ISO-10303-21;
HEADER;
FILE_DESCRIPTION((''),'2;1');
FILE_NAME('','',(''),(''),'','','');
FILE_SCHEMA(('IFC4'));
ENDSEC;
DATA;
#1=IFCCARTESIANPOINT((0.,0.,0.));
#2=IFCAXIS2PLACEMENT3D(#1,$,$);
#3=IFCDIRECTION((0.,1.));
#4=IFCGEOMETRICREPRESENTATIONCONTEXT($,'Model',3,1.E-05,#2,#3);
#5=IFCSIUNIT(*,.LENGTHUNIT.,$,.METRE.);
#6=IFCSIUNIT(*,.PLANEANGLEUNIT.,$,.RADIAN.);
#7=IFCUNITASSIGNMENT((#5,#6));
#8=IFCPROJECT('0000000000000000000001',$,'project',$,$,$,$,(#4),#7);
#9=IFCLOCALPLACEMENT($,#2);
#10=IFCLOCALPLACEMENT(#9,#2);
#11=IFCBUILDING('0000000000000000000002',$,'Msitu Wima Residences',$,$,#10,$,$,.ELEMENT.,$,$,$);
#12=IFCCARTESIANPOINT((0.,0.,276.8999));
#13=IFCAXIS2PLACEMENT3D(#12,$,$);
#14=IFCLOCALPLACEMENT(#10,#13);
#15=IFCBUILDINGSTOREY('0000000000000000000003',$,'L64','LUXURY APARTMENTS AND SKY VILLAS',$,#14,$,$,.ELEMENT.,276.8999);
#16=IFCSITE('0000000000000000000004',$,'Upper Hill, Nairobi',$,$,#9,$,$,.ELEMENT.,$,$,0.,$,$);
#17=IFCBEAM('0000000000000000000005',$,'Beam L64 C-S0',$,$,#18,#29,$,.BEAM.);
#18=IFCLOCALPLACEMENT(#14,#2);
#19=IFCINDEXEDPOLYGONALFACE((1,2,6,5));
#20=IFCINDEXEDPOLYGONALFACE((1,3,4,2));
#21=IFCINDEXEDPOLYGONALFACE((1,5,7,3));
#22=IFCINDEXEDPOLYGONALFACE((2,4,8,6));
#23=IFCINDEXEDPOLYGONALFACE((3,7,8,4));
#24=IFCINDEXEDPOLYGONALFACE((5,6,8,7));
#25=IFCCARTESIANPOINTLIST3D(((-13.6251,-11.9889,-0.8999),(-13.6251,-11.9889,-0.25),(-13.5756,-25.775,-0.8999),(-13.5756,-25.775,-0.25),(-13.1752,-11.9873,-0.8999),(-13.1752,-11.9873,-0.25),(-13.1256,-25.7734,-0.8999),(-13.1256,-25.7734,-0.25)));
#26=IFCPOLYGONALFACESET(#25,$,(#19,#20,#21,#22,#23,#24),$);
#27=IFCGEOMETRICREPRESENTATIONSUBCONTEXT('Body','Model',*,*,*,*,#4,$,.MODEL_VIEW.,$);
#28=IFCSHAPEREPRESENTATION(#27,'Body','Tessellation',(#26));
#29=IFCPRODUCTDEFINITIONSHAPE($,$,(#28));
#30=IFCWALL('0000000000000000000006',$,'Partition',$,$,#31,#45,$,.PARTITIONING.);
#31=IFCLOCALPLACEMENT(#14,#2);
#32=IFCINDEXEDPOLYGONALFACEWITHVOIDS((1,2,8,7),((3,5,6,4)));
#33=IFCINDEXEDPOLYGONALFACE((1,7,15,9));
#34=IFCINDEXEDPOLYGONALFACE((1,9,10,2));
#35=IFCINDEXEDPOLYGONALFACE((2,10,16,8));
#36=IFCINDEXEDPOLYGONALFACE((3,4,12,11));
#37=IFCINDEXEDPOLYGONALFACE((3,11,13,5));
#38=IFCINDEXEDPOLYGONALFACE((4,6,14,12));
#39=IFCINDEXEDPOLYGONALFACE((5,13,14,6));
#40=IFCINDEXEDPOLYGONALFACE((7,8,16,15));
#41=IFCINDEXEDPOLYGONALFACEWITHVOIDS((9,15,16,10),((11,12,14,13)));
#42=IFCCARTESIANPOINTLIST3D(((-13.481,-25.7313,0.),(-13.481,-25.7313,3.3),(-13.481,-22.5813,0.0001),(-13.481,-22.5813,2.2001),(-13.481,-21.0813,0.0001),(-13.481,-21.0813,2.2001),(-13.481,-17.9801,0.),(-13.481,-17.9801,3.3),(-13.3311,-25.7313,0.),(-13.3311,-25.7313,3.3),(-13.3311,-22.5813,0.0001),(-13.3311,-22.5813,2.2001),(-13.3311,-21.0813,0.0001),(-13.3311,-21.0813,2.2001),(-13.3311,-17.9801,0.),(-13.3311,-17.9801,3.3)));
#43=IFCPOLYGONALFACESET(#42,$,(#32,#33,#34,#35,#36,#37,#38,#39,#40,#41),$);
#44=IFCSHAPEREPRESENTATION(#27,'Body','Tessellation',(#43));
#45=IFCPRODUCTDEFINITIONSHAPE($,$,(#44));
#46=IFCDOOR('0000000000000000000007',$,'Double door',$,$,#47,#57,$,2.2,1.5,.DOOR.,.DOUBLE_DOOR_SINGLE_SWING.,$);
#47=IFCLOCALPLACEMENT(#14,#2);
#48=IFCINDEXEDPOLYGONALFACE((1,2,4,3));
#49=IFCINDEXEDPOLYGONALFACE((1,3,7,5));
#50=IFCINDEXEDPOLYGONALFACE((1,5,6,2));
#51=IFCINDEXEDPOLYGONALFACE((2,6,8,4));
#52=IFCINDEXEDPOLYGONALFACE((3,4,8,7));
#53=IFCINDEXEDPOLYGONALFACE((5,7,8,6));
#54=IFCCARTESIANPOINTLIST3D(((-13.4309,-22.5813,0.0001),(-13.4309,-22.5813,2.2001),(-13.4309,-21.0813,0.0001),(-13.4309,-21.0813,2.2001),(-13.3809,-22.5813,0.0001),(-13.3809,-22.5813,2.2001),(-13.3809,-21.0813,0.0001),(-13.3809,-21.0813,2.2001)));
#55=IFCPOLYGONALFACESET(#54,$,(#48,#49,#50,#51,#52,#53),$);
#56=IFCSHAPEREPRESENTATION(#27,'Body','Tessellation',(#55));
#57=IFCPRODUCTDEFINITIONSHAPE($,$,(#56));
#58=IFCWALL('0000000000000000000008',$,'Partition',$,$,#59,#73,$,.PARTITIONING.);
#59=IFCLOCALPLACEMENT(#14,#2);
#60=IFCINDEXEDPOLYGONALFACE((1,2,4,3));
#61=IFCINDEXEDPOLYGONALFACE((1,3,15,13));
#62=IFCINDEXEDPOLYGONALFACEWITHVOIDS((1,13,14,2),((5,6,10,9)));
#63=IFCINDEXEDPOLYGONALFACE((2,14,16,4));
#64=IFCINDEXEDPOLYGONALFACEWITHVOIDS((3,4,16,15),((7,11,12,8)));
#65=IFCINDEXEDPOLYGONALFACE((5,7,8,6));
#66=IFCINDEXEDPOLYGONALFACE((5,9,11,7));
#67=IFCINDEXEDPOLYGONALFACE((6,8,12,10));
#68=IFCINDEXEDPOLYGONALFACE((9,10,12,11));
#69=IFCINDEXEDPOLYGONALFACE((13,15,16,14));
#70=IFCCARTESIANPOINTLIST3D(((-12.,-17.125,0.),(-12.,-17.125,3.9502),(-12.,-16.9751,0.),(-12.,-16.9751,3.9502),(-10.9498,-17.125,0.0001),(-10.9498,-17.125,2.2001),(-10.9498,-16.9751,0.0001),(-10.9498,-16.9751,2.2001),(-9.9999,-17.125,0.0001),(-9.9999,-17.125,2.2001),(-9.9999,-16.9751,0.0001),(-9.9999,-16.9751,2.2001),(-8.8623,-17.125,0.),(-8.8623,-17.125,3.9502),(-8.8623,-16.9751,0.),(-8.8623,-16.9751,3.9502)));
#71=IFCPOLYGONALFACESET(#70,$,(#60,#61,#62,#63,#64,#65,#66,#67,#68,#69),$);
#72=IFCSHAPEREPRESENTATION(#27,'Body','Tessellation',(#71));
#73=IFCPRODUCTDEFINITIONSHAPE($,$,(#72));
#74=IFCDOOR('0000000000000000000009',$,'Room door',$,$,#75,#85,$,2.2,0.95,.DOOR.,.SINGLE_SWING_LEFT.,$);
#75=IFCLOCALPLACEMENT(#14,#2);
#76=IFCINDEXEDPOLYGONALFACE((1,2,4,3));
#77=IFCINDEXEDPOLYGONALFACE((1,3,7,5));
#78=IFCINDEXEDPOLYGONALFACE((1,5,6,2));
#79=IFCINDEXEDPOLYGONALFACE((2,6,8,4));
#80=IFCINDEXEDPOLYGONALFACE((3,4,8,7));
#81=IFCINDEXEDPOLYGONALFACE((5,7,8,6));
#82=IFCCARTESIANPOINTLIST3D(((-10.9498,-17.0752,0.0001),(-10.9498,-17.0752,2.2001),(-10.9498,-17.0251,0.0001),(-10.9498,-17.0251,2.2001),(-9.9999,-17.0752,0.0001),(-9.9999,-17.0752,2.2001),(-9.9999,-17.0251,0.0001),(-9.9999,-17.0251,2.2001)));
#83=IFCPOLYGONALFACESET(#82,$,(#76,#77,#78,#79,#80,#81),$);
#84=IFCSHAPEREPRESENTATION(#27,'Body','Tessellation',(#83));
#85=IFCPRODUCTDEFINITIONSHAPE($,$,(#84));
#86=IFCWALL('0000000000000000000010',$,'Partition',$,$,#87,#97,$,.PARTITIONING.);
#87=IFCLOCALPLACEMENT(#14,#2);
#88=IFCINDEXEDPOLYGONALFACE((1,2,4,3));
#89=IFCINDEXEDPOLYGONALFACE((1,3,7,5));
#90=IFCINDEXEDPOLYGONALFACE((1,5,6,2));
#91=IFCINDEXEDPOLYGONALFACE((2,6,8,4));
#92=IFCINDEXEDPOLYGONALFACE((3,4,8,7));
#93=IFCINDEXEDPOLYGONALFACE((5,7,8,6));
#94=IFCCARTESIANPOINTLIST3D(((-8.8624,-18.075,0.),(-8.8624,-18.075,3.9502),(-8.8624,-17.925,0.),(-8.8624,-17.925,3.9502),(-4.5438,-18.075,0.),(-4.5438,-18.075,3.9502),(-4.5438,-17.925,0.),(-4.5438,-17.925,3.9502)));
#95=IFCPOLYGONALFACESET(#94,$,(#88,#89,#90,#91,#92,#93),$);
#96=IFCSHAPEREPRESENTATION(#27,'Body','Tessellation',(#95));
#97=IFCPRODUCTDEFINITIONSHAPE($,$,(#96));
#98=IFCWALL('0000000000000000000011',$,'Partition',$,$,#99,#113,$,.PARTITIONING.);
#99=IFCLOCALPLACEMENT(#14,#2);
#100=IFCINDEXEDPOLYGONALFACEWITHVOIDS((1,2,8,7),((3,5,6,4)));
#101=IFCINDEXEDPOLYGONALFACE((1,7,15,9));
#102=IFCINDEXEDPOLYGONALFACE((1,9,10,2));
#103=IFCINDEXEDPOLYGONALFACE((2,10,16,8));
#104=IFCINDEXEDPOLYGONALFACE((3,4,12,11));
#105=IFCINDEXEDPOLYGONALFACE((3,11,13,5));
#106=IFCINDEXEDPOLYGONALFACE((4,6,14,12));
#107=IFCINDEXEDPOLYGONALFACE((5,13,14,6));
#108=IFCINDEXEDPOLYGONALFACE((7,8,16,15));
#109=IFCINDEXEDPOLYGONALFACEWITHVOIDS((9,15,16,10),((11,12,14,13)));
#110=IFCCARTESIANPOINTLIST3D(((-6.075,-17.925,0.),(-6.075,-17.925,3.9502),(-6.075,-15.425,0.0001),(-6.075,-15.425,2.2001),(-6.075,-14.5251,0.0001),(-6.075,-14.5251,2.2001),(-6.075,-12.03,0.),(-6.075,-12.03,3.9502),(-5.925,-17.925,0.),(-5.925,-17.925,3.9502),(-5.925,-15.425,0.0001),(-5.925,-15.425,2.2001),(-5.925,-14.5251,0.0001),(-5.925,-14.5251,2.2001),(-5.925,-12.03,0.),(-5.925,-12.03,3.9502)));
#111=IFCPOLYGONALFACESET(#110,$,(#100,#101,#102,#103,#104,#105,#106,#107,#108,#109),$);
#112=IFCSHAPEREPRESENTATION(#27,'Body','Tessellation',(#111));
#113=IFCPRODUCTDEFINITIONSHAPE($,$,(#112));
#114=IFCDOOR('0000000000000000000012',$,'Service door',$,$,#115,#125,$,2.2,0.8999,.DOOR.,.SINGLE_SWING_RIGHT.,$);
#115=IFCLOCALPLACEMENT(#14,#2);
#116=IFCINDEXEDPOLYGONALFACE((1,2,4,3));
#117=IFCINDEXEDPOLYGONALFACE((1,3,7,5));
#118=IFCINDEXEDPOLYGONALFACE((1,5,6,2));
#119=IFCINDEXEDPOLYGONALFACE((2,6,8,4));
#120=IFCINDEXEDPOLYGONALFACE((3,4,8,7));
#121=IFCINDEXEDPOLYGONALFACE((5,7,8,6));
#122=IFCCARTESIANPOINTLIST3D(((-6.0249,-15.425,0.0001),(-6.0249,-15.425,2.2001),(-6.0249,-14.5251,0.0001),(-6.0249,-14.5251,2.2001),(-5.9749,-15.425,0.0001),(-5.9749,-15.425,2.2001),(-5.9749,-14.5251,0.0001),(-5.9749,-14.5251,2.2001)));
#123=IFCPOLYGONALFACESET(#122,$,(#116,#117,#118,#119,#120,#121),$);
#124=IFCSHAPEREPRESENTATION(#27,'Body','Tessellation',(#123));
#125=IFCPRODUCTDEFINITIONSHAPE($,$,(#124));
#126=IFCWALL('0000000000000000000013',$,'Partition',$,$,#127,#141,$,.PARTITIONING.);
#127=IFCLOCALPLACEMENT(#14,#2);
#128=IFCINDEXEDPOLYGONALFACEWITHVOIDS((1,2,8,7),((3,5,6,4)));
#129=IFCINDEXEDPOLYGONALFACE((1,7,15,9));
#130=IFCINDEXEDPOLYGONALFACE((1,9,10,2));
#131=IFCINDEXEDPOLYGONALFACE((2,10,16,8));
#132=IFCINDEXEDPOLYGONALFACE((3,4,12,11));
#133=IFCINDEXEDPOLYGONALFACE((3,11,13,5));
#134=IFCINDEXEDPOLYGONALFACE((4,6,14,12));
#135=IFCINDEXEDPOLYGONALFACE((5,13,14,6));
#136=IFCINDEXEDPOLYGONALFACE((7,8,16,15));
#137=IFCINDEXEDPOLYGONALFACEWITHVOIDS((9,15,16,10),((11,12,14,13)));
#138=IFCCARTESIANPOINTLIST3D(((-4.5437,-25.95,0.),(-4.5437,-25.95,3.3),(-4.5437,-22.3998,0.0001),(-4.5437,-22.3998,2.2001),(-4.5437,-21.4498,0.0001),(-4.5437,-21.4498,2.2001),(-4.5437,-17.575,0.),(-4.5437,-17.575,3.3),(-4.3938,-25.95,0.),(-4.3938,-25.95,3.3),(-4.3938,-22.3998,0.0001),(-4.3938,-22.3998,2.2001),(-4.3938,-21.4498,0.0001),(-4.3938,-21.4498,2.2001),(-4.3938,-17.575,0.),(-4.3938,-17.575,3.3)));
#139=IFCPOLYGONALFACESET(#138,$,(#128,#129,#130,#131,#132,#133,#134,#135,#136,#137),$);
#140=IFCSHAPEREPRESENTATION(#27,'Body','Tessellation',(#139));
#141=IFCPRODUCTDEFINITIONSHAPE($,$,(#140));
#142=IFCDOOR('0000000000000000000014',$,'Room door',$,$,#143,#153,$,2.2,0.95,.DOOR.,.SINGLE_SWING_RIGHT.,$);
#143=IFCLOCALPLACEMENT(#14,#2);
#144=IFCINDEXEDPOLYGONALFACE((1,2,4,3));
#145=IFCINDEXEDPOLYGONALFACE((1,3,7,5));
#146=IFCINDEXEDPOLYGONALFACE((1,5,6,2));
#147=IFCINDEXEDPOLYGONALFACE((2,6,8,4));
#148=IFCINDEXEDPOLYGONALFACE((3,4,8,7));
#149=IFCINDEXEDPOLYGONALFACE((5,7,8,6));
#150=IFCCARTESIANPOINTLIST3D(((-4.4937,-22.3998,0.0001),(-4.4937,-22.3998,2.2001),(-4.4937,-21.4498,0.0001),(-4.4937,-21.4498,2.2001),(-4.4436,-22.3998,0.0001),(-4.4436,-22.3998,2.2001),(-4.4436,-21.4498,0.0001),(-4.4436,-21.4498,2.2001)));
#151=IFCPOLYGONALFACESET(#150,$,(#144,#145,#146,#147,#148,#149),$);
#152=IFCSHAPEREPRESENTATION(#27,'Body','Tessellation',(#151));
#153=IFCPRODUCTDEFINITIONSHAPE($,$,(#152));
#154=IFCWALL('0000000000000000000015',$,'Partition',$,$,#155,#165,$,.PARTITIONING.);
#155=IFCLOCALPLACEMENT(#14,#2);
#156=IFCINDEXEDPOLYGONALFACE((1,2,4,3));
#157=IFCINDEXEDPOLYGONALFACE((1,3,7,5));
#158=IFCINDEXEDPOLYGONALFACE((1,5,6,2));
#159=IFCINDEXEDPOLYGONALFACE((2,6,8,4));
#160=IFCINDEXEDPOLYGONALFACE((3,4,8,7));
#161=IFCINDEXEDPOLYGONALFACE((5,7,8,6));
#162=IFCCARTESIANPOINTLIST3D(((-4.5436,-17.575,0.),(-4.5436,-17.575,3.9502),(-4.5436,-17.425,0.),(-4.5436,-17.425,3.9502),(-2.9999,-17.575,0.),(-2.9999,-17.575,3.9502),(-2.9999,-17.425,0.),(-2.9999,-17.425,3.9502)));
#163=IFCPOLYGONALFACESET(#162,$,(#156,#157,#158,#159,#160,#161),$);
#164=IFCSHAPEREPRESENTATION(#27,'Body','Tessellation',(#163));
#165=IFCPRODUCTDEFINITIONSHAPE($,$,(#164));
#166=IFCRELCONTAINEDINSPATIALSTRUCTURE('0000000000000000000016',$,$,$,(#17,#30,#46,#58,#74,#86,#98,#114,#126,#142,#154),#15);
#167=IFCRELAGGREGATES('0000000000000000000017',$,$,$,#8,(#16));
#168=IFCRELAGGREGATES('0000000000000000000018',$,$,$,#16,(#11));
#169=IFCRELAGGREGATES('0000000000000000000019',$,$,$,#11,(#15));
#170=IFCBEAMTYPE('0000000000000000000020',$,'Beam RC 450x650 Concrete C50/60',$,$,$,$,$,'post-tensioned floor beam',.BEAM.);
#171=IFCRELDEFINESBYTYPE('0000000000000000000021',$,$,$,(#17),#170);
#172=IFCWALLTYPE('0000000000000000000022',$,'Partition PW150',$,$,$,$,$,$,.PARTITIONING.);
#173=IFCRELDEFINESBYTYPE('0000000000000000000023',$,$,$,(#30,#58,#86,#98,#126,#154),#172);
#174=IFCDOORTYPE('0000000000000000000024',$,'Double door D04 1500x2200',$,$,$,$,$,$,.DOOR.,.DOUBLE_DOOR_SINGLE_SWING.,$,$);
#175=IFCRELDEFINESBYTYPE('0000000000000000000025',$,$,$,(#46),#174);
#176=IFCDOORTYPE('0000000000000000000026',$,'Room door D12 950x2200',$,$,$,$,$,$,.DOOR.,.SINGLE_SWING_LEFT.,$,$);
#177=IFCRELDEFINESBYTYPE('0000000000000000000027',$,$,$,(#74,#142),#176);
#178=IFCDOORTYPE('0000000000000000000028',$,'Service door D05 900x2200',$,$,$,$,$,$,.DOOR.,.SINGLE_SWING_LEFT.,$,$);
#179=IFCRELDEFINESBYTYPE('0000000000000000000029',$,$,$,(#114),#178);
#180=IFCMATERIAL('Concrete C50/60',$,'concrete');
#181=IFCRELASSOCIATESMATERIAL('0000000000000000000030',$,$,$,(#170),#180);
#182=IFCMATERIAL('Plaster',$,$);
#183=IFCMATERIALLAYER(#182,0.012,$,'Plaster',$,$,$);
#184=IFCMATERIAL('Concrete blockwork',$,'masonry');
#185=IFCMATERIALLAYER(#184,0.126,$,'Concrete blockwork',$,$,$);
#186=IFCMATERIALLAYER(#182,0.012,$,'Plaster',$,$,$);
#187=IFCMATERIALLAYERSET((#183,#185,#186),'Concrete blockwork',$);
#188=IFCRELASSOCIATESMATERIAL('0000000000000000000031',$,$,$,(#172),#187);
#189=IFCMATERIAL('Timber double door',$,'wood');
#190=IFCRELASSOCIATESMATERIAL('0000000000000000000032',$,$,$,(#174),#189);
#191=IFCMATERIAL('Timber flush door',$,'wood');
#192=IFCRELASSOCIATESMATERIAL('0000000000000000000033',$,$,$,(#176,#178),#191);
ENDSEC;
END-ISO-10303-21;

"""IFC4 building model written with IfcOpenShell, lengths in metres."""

from ifc_helpers import new_model, si_unit, direction, frame, frame_2d, origin, origin_2d, place, context, subcontext, project, spatial, rectangle, extrude, material, layer, layer_set, material_profile, profile_set, type_object, element, fill, save


model = new_model("IFC4")

# Units and contexts
model_context = context("Model", 3, precision=1e-05, world=origin(), true_north=direction((0.0, 1.0)))
body_context = subcontext(model_context, "Body", "Model", "MODEL_VIEW")
ifc_project = project(units=[si_unit("LENGTHUNIT", "METRE"), si_unit("PLANEANGLEUNIT", "RADIAN")], contexts=[model_context])

# Site, building, storey
site_placement = place(None, origin())
site = spatial("IfcSite", under=ifc_project, at=site_placement, Name="Upper Hill, Nairobi", CompositionType="ELEMENT", RefElevation=0.0)
building_placement = place(site_placement, origin())
building = spatial("IfcBuilding", under=site, at=building_placement, Name="Msitu Wima Residences", CompositionType="ELEMENT")
storey_placement = place(building_placement, frame((0.0, 0.0, 276.8999)))
storey = spatial("IfcBuildingStorey", under=building, at=storey_placement, Name="L64", Description="LUXURY APARTMENTS AND SKY VILLAS", CompositionType="ELEMENT", Elevation=276.8999)

# Beam
ifc_material_1 = material(Name="Concrete C50/60", Category="concrete")
ifc_material_profile = material_profile(ifc_material_1, rectangle(XDim=0.45, YDim=0.6499, at=origin_2d()), Name="RC 450x650")
ifc_profile_set = profile_set([ifc_material_profile], Name="Concrete C50/60")
beam_type = type_object("IfcBeamType", Name="Beam RC 450x650 Concrete C50/60", ElementType="post-tensioned floor beam", PredefinedType="BEAM", material=ifc_profile_set)
beam_placement = place(storey_placement, frame((-13.3506, -25.7742, -0.575), z_axis=(-0.003595, 0.999994, 0.0), x_axis=(-0.999994, -0.003595, 0.0)))
element("IfcBeam", 1, at=beam_placement, inside=storey, type_object=beam_type, Name="Beam L64 C-S0", PredefinedType="BEAM", context=body_context, shape_type="SweptSolid", body=[
    extrude(rectangle(XDim=0.45, YDim=0.6499, at=origin_2d()), origin(), (0.0, 0.0, 1.0), 13.7861),
])

# Walls, openings, doors
ifc_material_2 = material(Name="Plaster")
ifc_layer_1 = layer(ifc_material_2, 0.012, Name="Plaster")
ifc_material_3 = material(Name="Concrete blockwork", Category="masonry")
ifc_layer_2 = layer(ifc_material_3, 0.126, Name="Concrete blockwork")
ifc_layer_3 = layer(ifc_material_2, 0.012, Name="Plaster")
ifc_layer_set_1 = layer_set([ifc_layer_1, ifc_layer_2, ifc_layer_3], Name="Concrete blockwork")
wall_type_1 = type_object("IfcWallType", Name="Partition PW150", PredefinedType="PARTITIONING", material=ifc_layer_set_1)
wall_1_placement = place(storey_placement, frame((-13.406, -25.7312, 0.0), z_axis=(0.0, 0.0, 1.0), x_axis=(0.0, 1.0, 0.0)))
wall_1 = element("IfcWall", 2, at=wall_1_placement, inside=storey, type_object=wall_type_1, Name="Partition", PredefinedType="PARTITIONING", context=body_context, shape_type="SweptSolid", body=[
    extrude(rectangle(XDim=7.7512, YDim=0.1499, at=frame_2d((3.8755, 0.0))), origin(), (0.0, 0.0, 1.0), 3.3),
])
opening_1_placement = place(wall_1_placement, frame((3.1499, 0.0, 0.0)))
opening_1 = element("IfcOpeningElement", 3, at=opening_1_placement, cuts=wall_1, PredefinedType="OPENING", context=body_context, shape_type="SweptSolid", body=[
    extrude(rectangle(XDim=1.5, YDim=2.2, at=frame_2d((0.75, 1.1001))), frame((0.0, 0.085, 0.0), z_axis=(0.0, -1.0, 0.0), x_axis=(1.0, 0.0, 0.0)), (0.0, 0.0, 1.0), 0.1699),
])
ifc_material_4 = material(Name="Timber double door", Category="wood")
door_type_1 = type_object("IfcDoorType", Name="Double door D04 1500x2200", OperationType="DOUBLE_DOOR_SINGLE_SWING", PredefinedType="DOOR", material=ifc_material_4)
door_1_placement = place(opening_1_placement, origin())
door_1 = element("IfcDoor", 4, at=door_1_placement, inside=storey, type_object=door_type_1, Name="Double door", OperationType="DOUBLE_DOOR_SINGLE_SWING", OverallHeight=2.2, OverallWidth=1.5, PredefinedType="DOOR", context=body_context, shape_type="SweptSolid", body=[
    extrude(rectangle(XDim=1.5, YDim=2.2, at=frame_2d((0.75, 1.1001))), frame((0.0, 0.0249, 0.0), z_axis=(0.0, -1.0, 0.0), x_axis=(1.0, 0.0, 0.0)), (0.0, 0.0, 1.0), 0.05),
])
fill(opening_1, door_1)
wall_2_placement = place(storey_placement, frame((-12.0, -17.05, 0.0), z_axis=(0.0, 0.0, 1.0), x_axis=(1.0, 0.0, 0.0)))
wall_2 = element("IfcWall", 5, at=wall_2_placement, inside=storey, type_object=wall_type_1, Name="Partition", PredefinedType="PARTITIONING", context=body_context, shape_type="SweptSolid", body=[
    extrude(rectangle(XDim=3.1377, YDim=0.1499, at=frame_2d((1.5688, 0.0))), origin(), (0.0, 0.0, 1.0), 3.9502),
])
opening_2_placement = place(wall_2_placement, frame((1.05, 0.0, 0.0)))
opening_2 = element("IfcOpeningElement", 6, at=opening_2_placement, cuts=wall_2, PredefinedType="OPENING", context=body_context, shape_type="SweptSolid", body=[
    extrude(rectangle(XDim=0.95, YDim=2.2, at=frame_2d((0.4751, 1.1001))), frame((0.0, 0.085, 0.0), z_axis=(0.0, -1.0, 0.0), x_axis=(1.0, 0.0, 0.0)), (0.0, 0.0, 1.0), 0.1699),
])
ifc_material_5 = material(Name="Timber flush door", Category="wood")
door_type_2 = type_object("IfcDoorType", Name="Room door D12 950x2200", OperationType="SINGLE_SWING_LEFT", PredefinedType="DOOR", material=ifc_material_5)
door_2_placement = place(opening_2_placement, origin())
door_2 = element("IfcDoor", 7, at=door_2_placement, inside=storey, type_object=door_type_2, Name="Room door", OperationType="SINGLE_SWING_LEFT", OverallHeight=2.2, OverallWidth=0.95, PredefinedType="DOOR", context=body_context, shape_type="SweptSolid", body=[
    extrude(rectangle(XDim=0.95, YDim=2.2, at=frame_2d((0.4751, 1.1001))), frame((0.0, 0.0249, 0.0), z_axis=(0.0, -1.0, 0.0), x_axis=(1.0, 0.0, 0.0)), (0.0, 0.0, 1.0), 0.05),
])
fill(opening_2, door_2)

# Wall
wall_3_placement = place(storey_placement, frame((-8.8623, -18.0, 0.0), z_axis=(0.0, 0.0, 1.0), x_axis=(1.0, 0.0, 0.0)))
element("IfcWall", 8, at=wall_3_placement, inside=storey, type_object=wall_type_1, Name="Partition", PredefinedType="PARTITIONING", context=body_context, shape_type="SweptSolid", body=[
    extrude(rectangle(XDim=4.3186, YDim=0.1499, at=frame_2d((2.1592, 0.0))), origin(), (0.0, 0.0, 1.0), 3.9502),
])

# Walls, openings, doors
wall_4_placement = place(storey_placement, frame((-6.0, -17.925, 0.0), z_axis=(0.0, 0.0, 1.0), x_axis=(0.0, 1.0, 0.0)))
wall_4 = element("IfcWall", 9, at=wall_4_placement, inside=storey, type_object=wall_type_1, Name="Partition", PredefinedType="PARTITIONING", context=body_context, shape_type="SweptSolid", body=[
    extrude(rectangle(XDim=5.895, YDim=0.1499, at=frame_2d((2.9475, 0.0))), origin(), (0.0, 0.0, 1.0), 3.9502),
])
opening_3_placement = place(wall_4_placement, frame((2.5, 0.0, 0.0)))
opening_3 = element("IfcOpeningElement", 10, at=opening_3_placement, cuts=wall_4, PredefinedType="OPENING", context=body_context, shape_type="SweptSolid", body=[
    extrude(rectangle(XDim=0.8999, YDim=2.2, at=frame_2d((0.45, 1.1001))), frame((0.0, 0.085, 0.0), z_axis=(0.0, -1.0, 0.0), x_axis=(1.0, 0.0, 0.0)), (0.0, 0.0, 1.0), 0.1699),
])
door_type_3 = type_object("IfcDoorType", Name="Service door D05 900x2200", OperationType="SINGLE_SWING_LEFT", PredefinedType="DOOR", material=ifc_material_5)
door_3_placement = place(opening_3_placement, origin())
door_3 = element("IfcDoor", 11, at=door_3_placement, inside=storey, type_object=door_type_3, Name="Service door", OperationType="SINGLE_SWING_RIGHT", OverallHeight=2.2, OverallWidth=0.8999, PredefinedType="DOOR", context=body_context, shape_type="SweptSolid", body=[
    extrude(rectangle(XDim=0.8999, YDim=2.2, at=frame_2d((0.45, 1.1001))), frame((0.0, 0.0249, 0.0), z_axis=(0.0, -1.0, 0.0), x_axis=(1.0, 0.0, 0.0)), (0.0, 0.0, 1.0), 0.05),
])
fill(opening_3, door_3)
wall_5_placement = place(storey_placement, frame((-4.4688, -25.95, 0.0), z_axis=(0.0, 0.0, 1.0), x_axis=(0.0, 1.0, 0.0)))
wall_5 = element("IfcWall", 12, at=wall_5_placement, inside=storey, type_object=wall_type_1, Name="Partition", PredefinedType="PARTITIONING", context=body_context, shape_type="SweptSolid", body=[
    extrude(rectangle(XDim=8.375, YDim=0.1499, at=frame_2d((4.1875, 0.0))), origin(), (0.0, 0.0, 1.0), 3.3),
])
opening_4_placement = place(wall_5_placement, frame((3.55, 0.0, 0.0)))
opening_4 = element("IfcOpeningElement", 13, at=opening_4_placement, cuts=wall_5, PredefinedType="OPENING", context=body_context, shape_type="SweptSolid", body=[
    extrude(rectangle(XDim=0.95, YDim=2.2, at=frame_2d((0.4751, 1.1001))), frame((0.0, 0.085, 0.0), z_axis=(0.0, -1.0, 0.0), x_axis=(1.0, 0.0, 0.0)), (0.0, 0.0, 1.0), 0.1699),
])
door_4_placement = place(opening_4_placement, origin())
door_4 = element("IfcDoor", 14, at=door_4_placement, inside=storey, type_object=door_type_2, Name="Room door", OperationType="SINGLE_SWING_RIGHT", OverallHeight=2.2, OverallWidth=0.95, PredefinedType="DOOR", context=body_context, shape_type="SweptSolid", body=[
    extrude(rectangle(XDim=0.95, YDim=2.2, at=frame_2d((0.4751, 1.1001))), frame((0.0, 0.0249, 0.0), z_axis=(0.0, -1.0, 0.0), x_axis=(1.0, 0.0, 0.0)), (0.0, 0.0, 1.0), 0.05),
])
fill(opening_4, door_4)

# Wall
wall_6_placement = place(storey_placement, frame((-4.5437, -17.5, 0.0), z_axis=(0.0, 0.0, 1.0), x_axis=(1.0, 0.0, 0.0)))
element("IfcWall", 15, at=wall_6_placement, inside=storey, type_object=wall_type_1, Name="Partition", PredefinedType="PARTITIONING", context=body_context, shape_type="SweptSolid", body=[
    extrude(rectangle(XDim=1.5437, YDim=0.1499, at=frame_2d((0.772, 0.0))), origin(), (0.0, 0.0, 1.0), 3.9502),
])

save(model, "model.ifc")
